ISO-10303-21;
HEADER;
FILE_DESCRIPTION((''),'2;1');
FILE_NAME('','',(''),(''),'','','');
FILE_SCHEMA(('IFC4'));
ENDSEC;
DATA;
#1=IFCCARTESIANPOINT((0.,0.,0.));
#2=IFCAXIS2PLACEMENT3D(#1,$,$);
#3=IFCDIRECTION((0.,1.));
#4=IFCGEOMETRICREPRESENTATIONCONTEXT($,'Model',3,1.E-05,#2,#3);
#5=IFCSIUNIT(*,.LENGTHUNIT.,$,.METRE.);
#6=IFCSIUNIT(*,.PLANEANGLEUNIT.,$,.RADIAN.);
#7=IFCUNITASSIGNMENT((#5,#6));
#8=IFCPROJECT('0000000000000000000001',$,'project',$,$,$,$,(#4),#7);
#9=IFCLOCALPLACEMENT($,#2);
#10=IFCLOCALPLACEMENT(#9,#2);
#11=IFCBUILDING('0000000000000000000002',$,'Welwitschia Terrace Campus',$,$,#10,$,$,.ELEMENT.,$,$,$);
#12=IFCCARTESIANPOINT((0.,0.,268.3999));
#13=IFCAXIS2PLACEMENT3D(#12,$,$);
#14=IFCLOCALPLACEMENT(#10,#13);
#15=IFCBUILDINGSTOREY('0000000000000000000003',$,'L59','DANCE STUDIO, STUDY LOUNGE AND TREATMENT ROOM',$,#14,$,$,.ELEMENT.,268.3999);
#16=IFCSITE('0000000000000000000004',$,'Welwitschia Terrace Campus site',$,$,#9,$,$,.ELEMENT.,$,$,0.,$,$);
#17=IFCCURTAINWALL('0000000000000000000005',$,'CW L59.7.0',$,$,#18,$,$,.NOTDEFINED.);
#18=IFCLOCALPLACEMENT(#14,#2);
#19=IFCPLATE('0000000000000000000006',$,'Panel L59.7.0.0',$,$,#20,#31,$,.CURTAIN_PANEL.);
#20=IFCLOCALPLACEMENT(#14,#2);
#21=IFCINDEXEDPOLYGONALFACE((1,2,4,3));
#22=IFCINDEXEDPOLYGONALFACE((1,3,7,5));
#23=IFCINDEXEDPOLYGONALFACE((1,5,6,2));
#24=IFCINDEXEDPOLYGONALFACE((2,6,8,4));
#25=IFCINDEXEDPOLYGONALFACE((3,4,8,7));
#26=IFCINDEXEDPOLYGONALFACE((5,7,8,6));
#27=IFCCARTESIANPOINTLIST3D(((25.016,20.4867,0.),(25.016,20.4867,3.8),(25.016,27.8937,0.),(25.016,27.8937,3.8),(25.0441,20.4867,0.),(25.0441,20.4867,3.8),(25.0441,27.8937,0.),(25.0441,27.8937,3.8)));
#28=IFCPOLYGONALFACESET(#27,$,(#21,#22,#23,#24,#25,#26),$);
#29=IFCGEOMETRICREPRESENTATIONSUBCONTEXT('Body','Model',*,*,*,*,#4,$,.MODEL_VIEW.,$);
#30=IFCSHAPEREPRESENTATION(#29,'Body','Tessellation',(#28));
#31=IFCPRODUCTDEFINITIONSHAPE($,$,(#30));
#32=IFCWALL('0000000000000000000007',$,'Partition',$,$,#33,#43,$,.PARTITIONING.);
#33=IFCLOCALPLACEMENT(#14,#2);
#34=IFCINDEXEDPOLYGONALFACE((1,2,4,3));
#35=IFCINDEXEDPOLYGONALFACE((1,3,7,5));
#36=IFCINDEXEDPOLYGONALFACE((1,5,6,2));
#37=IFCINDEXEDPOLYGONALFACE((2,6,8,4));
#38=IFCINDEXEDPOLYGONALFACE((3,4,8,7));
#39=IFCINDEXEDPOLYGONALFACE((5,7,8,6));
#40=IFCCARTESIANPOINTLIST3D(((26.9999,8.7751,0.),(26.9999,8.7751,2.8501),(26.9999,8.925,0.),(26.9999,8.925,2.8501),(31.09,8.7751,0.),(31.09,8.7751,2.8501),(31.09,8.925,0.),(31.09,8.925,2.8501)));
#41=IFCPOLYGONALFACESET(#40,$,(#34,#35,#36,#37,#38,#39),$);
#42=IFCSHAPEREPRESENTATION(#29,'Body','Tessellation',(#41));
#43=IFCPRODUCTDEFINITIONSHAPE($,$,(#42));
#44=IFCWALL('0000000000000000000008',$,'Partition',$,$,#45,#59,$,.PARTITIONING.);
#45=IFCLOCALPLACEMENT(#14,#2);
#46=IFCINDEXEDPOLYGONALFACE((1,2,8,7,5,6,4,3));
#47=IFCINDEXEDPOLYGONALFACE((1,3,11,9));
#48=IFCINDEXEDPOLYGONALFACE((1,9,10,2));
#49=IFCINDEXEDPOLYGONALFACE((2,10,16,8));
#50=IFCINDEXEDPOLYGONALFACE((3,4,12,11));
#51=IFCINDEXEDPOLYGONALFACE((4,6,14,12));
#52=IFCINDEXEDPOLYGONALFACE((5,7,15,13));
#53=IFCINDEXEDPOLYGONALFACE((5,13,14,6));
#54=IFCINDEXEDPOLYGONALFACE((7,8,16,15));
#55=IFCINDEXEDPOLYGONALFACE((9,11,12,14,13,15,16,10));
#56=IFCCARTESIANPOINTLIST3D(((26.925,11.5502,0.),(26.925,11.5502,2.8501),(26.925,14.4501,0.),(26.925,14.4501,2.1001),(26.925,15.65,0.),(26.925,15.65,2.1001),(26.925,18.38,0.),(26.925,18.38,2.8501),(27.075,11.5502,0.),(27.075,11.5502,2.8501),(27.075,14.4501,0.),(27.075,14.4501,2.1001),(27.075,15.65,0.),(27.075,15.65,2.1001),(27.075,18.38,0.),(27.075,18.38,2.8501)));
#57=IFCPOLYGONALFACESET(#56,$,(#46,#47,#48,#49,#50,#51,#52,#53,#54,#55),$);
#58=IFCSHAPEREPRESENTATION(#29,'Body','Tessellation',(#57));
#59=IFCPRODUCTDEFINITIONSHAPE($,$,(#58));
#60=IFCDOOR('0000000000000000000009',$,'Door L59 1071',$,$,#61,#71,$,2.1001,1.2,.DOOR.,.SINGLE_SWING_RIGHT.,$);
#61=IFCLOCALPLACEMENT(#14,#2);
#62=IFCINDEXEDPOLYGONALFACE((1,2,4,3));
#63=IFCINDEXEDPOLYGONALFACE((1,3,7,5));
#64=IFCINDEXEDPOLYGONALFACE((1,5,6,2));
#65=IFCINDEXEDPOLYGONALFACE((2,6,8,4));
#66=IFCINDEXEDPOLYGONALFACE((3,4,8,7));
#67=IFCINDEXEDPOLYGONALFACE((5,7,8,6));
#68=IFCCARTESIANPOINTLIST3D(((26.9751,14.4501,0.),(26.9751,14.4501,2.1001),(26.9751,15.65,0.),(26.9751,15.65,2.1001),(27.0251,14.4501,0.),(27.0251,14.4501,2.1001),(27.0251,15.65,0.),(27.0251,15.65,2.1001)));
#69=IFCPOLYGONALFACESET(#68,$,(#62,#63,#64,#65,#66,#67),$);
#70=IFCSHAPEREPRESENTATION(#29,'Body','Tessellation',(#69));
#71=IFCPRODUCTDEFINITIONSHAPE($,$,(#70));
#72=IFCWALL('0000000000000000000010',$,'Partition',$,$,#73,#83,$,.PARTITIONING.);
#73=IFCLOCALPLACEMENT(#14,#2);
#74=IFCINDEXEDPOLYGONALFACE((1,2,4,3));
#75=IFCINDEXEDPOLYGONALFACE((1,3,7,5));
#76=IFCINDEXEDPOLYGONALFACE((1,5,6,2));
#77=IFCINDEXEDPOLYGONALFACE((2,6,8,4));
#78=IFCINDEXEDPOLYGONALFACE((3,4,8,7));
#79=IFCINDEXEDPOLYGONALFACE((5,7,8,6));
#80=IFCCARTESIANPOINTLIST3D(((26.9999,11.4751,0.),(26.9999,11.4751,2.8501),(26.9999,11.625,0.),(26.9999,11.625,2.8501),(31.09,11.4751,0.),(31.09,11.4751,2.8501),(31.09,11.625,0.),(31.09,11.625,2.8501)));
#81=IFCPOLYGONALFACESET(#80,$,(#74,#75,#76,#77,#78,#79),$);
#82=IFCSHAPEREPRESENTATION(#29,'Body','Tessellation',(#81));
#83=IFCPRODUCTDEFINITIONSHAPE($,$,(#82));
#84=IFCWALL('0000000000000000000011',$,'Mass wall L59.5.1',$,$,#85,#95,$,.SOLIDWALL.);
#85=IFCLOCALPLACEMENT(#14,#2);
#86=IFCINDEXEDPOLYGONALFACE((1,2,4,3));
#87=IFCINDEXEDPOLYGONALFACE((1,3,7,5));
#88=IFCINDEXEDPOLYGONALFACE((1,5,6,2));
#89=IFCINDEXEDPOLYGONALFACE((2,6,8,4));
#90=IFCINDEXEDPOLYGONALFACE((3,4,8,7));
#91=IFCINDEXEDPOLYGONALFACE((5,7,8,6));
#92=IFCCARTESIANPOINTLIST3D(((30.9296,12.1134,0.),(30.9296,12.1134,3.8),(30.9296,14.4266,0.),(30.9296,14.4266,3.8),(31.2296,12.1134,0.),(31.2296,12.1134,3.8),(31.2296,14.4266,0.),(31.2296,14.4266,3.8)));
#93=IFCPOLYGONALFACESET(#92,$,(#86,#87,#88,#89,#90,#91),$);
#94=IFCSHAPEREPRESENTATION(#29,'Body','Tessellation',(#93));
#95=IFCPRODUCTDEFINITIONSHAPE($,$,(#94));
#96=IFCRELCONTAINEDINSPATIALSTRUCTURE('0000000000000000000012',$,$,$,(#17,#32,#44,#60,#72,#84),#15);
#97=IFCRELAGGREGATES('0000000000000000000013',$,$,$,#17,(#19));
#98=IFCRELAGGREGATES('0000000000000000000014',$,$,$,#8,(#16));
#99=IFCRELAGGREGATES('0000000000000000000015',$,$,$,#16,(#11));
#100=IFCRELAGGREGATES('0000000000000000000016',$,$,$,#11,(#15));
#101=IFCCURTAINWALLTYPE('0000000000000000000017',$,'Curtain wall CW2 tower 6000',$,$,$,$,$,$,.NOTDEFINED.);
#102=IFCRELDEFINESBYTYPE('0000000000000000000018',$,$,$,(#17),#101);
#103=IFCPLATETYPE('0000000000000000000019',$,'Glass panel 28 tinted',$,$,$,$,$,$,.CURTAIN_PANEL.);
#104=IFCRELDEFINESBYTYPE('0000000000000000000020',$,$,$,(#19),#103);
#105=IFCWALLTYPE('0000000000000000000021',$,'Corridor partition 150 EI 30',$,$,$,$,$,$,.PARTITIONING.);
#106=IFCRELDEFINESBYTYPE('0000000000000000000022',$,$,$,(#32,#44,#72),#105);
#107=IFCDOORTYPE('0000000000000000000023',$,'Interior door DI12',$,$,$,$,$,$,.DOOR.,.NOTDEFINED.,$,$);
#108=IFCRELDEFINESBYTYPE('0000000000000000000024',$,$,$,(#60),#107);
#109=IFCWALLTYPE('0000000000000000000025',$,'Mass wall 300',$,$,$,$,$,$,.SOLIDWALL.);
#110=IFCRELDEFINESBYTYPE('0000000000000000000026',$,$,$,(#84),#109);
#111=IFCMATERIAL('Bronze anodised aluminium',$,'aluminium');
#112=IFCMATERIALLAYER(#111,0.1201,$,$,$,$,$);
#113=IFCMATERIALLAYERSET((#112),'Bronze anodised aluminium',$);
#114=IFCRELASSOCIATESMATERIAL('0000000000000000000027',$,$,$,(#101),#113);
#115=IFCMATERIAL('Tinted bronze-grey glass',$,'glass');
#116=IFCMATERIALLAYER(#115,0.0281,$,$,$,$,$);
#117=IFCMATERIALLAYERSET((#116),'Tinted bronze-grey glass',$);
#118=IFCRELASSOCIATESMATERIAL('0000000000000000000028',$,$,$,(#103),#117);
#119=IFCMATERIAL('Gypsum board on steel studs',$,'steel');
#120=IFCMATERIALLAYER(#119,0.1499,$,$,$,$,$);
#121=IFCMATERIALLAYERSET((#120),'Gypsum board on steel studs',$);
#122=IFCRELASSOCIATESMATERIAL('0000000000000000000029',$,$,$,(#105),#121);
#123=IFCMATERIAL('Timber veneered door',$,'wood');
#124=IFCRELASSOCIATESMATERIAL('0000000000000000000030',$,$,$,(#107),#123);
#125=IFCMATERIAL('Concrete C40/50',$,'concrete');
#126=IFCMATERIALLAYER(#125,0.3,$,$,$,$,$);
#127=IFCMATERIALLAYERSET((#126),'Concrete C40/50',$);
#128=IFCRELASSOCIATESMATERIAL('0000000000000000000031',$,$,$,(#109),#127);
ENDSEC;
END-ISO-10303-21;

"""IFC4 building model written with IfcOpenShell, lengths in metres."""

from ifc_helpers import new_model, si_unit, direction, frame, frame_2d, origin, origin_2d, place, context, subcontext, project, spatial, rectangle, extrude, material, layer, layer_set, type_object, element, fill, aggregate, save


model = new_model("IFC4")

# Units and contexts
model_context = context("Model", 3, precision=1e-05, world=origin(), true_north=direction((0.0, 1.0)))
body_context = subcontext(model_context, "Body", "Model", "MODEL_VIEW")
ifc_project = project(units=[si_unit("LENGTHUNIT", "METRE"), si_unit("PLANEANGLEUNIT", "RADIAN")], contexts=[model_context])

# Site, building, storey
site_placement = place(None, origin())
site = spatial("IfcSite", under=ifc_project, at=site_placement, Name="Welwitschia Terrace Campus site", CompositionType="ELEMENT", RefElevation=0.0)
building_placement = place(site_placement, origin())
building = spatial("IfcBuilding", under=site, at=building_placement, Name="Welwitschia Terrace Campus", CompositionType="ELEMENT")
storey_placement = place(building_placement, frame((0.0, 0.0, 268.3999)))
storey = spatial("IfcBuildingStorey", under=building, at=storey_placement, Name="L59", Description="DANCE STUDIO, STUDY LOUNGE AND TREATMENT ROOM", CompositionType="ELEMENT", Elevation=268.3999)

# Shared definitions
ifc_material_1 = material(Name="Bronze anodised aluminium", Category="aluminium")
ifc_layer_1 = layer(ifc_material_1, 0.1201)
ifc_layer_set_1 = layer_set([ifc_layer_1], Name="Bronze anodised aluminium")
curtain_wall_type = type_object("IfcCurtainWallType", Name="Curtain wall CW2 tower 6000", PredefinedType="NOTDEFINED", material=ifc_layer_set_1)

# Curtain wall
curtain_wall_1_placement = place(storey_placement, origin())
curtain_wall_1 = element("IfcCurtainWall", 1, at=curtain_wall_1_placement, inside=storey, type_object=curtain_wall_type, Name="CW L59.7.0", PredefinedType="NOTDEFINED")

# Plate
ifc_material_2 = material(Name="Tinted bronze-grey glass", Category="glass")
ifc_layer_2 = layer(ifc_material_2, 0.0281)
ifc_layer_set_2 = layer_set([ifc_layer_2], Name="Tinted bronze-grey glass")
plate_type = type_object("IfcPlateType", Name="Glass panel 28 tinted", PredefinedType="CURTAIN_PANEL", material=ifc_layer_set_2)
plate_1_placement = place(storey_placement, frame((25.03, 24.1902, 0.0), z_axis=(0.0, 0.0, 1.0), x_axis=(0.0, 1.0, 0.0)))
plate_1 = element("IfcPlate", 2, at=plate_1_placement, type_object=plate_type, Name="Panel L59.7.0.0", PredefinedType="CURTAIN_PANEL", context=body_context, shape_type="SweptSolid", body=[
    extrude(rectangle(XDim=7.407, YDim=0.0281, at=origin_2d()), origin(), (0.0, 0.0, 1.0), 3.8),
])
aggregate(curtain_wall_1, [plate_1])

# Wall
ifc_material_3 = material(Name="Gypsum board on steel studs", Category="steel")
ifc_layer_3 = layer(ifc_material_3, 0.1499)
ifc_layer_set_3 = layer_set([ifc_layer_3], Name="Gypsum board on steel studs")
wall_type_1 = type_object("IfcWallType", Name="Corridor partition 150 EI 30", PredefinedType="PARTITIONING", material=ifc_layer_set_3)
wall_1_placement = place(storey_placement, frame((27.0, 8.8501, 0.0), z_axis=(0.0, 0.0, 1.0), x_axis=(1.0, 0.0, 0.0)))
element("IfcWall", 3, at=wall_1_placement, inside=storey, type_object=wall_type_1, Name="Partition", PredefinedType="PARTITIONING", context=body_context, shape_type="SweptSolid", body=[
    extrude(rectangle(XDim=4.0901, YDim=0.1499, at=frame_2d((2.0449, 0.0))), origin(), (0.0, 0.0, 1.0), 2.8501),
])

# Wall, opening, door
wall_2_placement = place(storey_placement, frame((27.0, 11.55, 0.0), z_axis=(0.0, 0.0, 1.0), x_axis=(0.0, 1.0, 0.0)))
wall_2 = element("IfcWall", 4, at=wall_2_placement, inside=storey, type_object=wall_type_1, Name="Partition", PredefinedType="PARTITIONING", context=body_context, shape_type="SweptSolid", body=[
    extrude(rectangle(XDim=6.8298, YDim=0.1499, at=frame_2d((3.415, 0.0))), origin(), (0.0, 0.0, 1.0), 2.8501),
])
opening_placement = place(wall_2_placement, frame((2.8999, 0.0, 0.0)))
opening = element("IfcOpeningElement", 5, at=opening_placement, cuts=wall_2, PredefinedType="OPENING", context=body_context, shape_type="SweptSolid", body=[
    extrude(rectangle(XDim=1.2, YDim=2.1001, at=frame_2d((0.6001, 1.05))), frame((0.0, 0.085, 0.0), z_axis=(0.0, -1.0, 0.0), x_axis=(1.0, 0.0, 0.0)), (0.0, 0.0, 1.0), 0.1699),
])
ifc_material_4 = material(Name="Timber veneered door", Category="wood")
door_type = type_object("IfcDoorType", Name="Interior door DI12", OperationType="NOTDEFINED", PredefinedType="DOOR", material=ifc_material_4)
door_placement = place(opening_placement, origin())
door = element("IfcDoor", 6, at=door_placement, inside=storey, type_object=door_type, Name="Door L59 1071", OperationType="SINGLE_SWING_RIGHT", OverallHeight=2.1001, OverallWidth=1.2, PredefinedType="DOOR", context=body_context, shape_type="SweptSolid", body=[
    extrude(rectangle(XDim=1.2, YDim=2.1001, at=frame_2d((0.6001, 1.05))), frame((0.0, 0.0249, 0.0), z_axis=(0.0, -1.0, 0.0), x_axis=(1.0, 0.0, 0.0)), (0.0, 0.0, 1.0), 0.05),
])
fill(opening, door)

# Walls
wall_3_placement = place(storey_placement, frame((27.0, 11.55, 0.0), z_axis=(0.0, 0.0, 1.0), x_axis=(1.0, 0.0, 0.0)))
element("IfcWall", 7, at=wall_3_placement, inside=storey, type_object=wall_type_1, Name="Partition", PredefinedType="PARTITIONING", context=body_context, shape_type="SweptSolid", body=[
    extrude(rectangle(XDim=4.0901, YDim=0.1499, at=frame_2d((2.0449, 0.0))), origin(), (0.0, 0.0, 1.0), 2.8501),
])
ifc_material_5 = material(Name="Concrete C40/50", Category="concrete")
ifc_layer_4 = layer(ifc_material_5, 0.3)
ifc_layer_set_4 = layer_set([ifc_layer_4], Name="Concrete C40/50")
wall_type_2 = type_object("IfcWallType", Name="Mass wall 300", PredefinedType="SOLIDWALL", material=ifc_layer_set_4)
wall_4_placement = place(storey_placement, frame((31.0796, 12.1133, 0.0), z_axis=(0.0, 0.0, 1.0), x_axis=(0.0, 1.0, 0.0)))
element("IfcWall", 8, at=wall_4_placement, inside=storey, type_object=wall_type_2, Name="Mass wall L59.5.1", PredefinedType="SOLIDWALL", context=body_context, shape_type="SweptSolid", body=[
    extrude(rectangle(XDim=2.3132, YDim=0.3, at=frame_2d((1.1567, 0.0))), origin(), (0.0, 0.0, 1.0), 3.8),
])

save(model, "model.ifc")
